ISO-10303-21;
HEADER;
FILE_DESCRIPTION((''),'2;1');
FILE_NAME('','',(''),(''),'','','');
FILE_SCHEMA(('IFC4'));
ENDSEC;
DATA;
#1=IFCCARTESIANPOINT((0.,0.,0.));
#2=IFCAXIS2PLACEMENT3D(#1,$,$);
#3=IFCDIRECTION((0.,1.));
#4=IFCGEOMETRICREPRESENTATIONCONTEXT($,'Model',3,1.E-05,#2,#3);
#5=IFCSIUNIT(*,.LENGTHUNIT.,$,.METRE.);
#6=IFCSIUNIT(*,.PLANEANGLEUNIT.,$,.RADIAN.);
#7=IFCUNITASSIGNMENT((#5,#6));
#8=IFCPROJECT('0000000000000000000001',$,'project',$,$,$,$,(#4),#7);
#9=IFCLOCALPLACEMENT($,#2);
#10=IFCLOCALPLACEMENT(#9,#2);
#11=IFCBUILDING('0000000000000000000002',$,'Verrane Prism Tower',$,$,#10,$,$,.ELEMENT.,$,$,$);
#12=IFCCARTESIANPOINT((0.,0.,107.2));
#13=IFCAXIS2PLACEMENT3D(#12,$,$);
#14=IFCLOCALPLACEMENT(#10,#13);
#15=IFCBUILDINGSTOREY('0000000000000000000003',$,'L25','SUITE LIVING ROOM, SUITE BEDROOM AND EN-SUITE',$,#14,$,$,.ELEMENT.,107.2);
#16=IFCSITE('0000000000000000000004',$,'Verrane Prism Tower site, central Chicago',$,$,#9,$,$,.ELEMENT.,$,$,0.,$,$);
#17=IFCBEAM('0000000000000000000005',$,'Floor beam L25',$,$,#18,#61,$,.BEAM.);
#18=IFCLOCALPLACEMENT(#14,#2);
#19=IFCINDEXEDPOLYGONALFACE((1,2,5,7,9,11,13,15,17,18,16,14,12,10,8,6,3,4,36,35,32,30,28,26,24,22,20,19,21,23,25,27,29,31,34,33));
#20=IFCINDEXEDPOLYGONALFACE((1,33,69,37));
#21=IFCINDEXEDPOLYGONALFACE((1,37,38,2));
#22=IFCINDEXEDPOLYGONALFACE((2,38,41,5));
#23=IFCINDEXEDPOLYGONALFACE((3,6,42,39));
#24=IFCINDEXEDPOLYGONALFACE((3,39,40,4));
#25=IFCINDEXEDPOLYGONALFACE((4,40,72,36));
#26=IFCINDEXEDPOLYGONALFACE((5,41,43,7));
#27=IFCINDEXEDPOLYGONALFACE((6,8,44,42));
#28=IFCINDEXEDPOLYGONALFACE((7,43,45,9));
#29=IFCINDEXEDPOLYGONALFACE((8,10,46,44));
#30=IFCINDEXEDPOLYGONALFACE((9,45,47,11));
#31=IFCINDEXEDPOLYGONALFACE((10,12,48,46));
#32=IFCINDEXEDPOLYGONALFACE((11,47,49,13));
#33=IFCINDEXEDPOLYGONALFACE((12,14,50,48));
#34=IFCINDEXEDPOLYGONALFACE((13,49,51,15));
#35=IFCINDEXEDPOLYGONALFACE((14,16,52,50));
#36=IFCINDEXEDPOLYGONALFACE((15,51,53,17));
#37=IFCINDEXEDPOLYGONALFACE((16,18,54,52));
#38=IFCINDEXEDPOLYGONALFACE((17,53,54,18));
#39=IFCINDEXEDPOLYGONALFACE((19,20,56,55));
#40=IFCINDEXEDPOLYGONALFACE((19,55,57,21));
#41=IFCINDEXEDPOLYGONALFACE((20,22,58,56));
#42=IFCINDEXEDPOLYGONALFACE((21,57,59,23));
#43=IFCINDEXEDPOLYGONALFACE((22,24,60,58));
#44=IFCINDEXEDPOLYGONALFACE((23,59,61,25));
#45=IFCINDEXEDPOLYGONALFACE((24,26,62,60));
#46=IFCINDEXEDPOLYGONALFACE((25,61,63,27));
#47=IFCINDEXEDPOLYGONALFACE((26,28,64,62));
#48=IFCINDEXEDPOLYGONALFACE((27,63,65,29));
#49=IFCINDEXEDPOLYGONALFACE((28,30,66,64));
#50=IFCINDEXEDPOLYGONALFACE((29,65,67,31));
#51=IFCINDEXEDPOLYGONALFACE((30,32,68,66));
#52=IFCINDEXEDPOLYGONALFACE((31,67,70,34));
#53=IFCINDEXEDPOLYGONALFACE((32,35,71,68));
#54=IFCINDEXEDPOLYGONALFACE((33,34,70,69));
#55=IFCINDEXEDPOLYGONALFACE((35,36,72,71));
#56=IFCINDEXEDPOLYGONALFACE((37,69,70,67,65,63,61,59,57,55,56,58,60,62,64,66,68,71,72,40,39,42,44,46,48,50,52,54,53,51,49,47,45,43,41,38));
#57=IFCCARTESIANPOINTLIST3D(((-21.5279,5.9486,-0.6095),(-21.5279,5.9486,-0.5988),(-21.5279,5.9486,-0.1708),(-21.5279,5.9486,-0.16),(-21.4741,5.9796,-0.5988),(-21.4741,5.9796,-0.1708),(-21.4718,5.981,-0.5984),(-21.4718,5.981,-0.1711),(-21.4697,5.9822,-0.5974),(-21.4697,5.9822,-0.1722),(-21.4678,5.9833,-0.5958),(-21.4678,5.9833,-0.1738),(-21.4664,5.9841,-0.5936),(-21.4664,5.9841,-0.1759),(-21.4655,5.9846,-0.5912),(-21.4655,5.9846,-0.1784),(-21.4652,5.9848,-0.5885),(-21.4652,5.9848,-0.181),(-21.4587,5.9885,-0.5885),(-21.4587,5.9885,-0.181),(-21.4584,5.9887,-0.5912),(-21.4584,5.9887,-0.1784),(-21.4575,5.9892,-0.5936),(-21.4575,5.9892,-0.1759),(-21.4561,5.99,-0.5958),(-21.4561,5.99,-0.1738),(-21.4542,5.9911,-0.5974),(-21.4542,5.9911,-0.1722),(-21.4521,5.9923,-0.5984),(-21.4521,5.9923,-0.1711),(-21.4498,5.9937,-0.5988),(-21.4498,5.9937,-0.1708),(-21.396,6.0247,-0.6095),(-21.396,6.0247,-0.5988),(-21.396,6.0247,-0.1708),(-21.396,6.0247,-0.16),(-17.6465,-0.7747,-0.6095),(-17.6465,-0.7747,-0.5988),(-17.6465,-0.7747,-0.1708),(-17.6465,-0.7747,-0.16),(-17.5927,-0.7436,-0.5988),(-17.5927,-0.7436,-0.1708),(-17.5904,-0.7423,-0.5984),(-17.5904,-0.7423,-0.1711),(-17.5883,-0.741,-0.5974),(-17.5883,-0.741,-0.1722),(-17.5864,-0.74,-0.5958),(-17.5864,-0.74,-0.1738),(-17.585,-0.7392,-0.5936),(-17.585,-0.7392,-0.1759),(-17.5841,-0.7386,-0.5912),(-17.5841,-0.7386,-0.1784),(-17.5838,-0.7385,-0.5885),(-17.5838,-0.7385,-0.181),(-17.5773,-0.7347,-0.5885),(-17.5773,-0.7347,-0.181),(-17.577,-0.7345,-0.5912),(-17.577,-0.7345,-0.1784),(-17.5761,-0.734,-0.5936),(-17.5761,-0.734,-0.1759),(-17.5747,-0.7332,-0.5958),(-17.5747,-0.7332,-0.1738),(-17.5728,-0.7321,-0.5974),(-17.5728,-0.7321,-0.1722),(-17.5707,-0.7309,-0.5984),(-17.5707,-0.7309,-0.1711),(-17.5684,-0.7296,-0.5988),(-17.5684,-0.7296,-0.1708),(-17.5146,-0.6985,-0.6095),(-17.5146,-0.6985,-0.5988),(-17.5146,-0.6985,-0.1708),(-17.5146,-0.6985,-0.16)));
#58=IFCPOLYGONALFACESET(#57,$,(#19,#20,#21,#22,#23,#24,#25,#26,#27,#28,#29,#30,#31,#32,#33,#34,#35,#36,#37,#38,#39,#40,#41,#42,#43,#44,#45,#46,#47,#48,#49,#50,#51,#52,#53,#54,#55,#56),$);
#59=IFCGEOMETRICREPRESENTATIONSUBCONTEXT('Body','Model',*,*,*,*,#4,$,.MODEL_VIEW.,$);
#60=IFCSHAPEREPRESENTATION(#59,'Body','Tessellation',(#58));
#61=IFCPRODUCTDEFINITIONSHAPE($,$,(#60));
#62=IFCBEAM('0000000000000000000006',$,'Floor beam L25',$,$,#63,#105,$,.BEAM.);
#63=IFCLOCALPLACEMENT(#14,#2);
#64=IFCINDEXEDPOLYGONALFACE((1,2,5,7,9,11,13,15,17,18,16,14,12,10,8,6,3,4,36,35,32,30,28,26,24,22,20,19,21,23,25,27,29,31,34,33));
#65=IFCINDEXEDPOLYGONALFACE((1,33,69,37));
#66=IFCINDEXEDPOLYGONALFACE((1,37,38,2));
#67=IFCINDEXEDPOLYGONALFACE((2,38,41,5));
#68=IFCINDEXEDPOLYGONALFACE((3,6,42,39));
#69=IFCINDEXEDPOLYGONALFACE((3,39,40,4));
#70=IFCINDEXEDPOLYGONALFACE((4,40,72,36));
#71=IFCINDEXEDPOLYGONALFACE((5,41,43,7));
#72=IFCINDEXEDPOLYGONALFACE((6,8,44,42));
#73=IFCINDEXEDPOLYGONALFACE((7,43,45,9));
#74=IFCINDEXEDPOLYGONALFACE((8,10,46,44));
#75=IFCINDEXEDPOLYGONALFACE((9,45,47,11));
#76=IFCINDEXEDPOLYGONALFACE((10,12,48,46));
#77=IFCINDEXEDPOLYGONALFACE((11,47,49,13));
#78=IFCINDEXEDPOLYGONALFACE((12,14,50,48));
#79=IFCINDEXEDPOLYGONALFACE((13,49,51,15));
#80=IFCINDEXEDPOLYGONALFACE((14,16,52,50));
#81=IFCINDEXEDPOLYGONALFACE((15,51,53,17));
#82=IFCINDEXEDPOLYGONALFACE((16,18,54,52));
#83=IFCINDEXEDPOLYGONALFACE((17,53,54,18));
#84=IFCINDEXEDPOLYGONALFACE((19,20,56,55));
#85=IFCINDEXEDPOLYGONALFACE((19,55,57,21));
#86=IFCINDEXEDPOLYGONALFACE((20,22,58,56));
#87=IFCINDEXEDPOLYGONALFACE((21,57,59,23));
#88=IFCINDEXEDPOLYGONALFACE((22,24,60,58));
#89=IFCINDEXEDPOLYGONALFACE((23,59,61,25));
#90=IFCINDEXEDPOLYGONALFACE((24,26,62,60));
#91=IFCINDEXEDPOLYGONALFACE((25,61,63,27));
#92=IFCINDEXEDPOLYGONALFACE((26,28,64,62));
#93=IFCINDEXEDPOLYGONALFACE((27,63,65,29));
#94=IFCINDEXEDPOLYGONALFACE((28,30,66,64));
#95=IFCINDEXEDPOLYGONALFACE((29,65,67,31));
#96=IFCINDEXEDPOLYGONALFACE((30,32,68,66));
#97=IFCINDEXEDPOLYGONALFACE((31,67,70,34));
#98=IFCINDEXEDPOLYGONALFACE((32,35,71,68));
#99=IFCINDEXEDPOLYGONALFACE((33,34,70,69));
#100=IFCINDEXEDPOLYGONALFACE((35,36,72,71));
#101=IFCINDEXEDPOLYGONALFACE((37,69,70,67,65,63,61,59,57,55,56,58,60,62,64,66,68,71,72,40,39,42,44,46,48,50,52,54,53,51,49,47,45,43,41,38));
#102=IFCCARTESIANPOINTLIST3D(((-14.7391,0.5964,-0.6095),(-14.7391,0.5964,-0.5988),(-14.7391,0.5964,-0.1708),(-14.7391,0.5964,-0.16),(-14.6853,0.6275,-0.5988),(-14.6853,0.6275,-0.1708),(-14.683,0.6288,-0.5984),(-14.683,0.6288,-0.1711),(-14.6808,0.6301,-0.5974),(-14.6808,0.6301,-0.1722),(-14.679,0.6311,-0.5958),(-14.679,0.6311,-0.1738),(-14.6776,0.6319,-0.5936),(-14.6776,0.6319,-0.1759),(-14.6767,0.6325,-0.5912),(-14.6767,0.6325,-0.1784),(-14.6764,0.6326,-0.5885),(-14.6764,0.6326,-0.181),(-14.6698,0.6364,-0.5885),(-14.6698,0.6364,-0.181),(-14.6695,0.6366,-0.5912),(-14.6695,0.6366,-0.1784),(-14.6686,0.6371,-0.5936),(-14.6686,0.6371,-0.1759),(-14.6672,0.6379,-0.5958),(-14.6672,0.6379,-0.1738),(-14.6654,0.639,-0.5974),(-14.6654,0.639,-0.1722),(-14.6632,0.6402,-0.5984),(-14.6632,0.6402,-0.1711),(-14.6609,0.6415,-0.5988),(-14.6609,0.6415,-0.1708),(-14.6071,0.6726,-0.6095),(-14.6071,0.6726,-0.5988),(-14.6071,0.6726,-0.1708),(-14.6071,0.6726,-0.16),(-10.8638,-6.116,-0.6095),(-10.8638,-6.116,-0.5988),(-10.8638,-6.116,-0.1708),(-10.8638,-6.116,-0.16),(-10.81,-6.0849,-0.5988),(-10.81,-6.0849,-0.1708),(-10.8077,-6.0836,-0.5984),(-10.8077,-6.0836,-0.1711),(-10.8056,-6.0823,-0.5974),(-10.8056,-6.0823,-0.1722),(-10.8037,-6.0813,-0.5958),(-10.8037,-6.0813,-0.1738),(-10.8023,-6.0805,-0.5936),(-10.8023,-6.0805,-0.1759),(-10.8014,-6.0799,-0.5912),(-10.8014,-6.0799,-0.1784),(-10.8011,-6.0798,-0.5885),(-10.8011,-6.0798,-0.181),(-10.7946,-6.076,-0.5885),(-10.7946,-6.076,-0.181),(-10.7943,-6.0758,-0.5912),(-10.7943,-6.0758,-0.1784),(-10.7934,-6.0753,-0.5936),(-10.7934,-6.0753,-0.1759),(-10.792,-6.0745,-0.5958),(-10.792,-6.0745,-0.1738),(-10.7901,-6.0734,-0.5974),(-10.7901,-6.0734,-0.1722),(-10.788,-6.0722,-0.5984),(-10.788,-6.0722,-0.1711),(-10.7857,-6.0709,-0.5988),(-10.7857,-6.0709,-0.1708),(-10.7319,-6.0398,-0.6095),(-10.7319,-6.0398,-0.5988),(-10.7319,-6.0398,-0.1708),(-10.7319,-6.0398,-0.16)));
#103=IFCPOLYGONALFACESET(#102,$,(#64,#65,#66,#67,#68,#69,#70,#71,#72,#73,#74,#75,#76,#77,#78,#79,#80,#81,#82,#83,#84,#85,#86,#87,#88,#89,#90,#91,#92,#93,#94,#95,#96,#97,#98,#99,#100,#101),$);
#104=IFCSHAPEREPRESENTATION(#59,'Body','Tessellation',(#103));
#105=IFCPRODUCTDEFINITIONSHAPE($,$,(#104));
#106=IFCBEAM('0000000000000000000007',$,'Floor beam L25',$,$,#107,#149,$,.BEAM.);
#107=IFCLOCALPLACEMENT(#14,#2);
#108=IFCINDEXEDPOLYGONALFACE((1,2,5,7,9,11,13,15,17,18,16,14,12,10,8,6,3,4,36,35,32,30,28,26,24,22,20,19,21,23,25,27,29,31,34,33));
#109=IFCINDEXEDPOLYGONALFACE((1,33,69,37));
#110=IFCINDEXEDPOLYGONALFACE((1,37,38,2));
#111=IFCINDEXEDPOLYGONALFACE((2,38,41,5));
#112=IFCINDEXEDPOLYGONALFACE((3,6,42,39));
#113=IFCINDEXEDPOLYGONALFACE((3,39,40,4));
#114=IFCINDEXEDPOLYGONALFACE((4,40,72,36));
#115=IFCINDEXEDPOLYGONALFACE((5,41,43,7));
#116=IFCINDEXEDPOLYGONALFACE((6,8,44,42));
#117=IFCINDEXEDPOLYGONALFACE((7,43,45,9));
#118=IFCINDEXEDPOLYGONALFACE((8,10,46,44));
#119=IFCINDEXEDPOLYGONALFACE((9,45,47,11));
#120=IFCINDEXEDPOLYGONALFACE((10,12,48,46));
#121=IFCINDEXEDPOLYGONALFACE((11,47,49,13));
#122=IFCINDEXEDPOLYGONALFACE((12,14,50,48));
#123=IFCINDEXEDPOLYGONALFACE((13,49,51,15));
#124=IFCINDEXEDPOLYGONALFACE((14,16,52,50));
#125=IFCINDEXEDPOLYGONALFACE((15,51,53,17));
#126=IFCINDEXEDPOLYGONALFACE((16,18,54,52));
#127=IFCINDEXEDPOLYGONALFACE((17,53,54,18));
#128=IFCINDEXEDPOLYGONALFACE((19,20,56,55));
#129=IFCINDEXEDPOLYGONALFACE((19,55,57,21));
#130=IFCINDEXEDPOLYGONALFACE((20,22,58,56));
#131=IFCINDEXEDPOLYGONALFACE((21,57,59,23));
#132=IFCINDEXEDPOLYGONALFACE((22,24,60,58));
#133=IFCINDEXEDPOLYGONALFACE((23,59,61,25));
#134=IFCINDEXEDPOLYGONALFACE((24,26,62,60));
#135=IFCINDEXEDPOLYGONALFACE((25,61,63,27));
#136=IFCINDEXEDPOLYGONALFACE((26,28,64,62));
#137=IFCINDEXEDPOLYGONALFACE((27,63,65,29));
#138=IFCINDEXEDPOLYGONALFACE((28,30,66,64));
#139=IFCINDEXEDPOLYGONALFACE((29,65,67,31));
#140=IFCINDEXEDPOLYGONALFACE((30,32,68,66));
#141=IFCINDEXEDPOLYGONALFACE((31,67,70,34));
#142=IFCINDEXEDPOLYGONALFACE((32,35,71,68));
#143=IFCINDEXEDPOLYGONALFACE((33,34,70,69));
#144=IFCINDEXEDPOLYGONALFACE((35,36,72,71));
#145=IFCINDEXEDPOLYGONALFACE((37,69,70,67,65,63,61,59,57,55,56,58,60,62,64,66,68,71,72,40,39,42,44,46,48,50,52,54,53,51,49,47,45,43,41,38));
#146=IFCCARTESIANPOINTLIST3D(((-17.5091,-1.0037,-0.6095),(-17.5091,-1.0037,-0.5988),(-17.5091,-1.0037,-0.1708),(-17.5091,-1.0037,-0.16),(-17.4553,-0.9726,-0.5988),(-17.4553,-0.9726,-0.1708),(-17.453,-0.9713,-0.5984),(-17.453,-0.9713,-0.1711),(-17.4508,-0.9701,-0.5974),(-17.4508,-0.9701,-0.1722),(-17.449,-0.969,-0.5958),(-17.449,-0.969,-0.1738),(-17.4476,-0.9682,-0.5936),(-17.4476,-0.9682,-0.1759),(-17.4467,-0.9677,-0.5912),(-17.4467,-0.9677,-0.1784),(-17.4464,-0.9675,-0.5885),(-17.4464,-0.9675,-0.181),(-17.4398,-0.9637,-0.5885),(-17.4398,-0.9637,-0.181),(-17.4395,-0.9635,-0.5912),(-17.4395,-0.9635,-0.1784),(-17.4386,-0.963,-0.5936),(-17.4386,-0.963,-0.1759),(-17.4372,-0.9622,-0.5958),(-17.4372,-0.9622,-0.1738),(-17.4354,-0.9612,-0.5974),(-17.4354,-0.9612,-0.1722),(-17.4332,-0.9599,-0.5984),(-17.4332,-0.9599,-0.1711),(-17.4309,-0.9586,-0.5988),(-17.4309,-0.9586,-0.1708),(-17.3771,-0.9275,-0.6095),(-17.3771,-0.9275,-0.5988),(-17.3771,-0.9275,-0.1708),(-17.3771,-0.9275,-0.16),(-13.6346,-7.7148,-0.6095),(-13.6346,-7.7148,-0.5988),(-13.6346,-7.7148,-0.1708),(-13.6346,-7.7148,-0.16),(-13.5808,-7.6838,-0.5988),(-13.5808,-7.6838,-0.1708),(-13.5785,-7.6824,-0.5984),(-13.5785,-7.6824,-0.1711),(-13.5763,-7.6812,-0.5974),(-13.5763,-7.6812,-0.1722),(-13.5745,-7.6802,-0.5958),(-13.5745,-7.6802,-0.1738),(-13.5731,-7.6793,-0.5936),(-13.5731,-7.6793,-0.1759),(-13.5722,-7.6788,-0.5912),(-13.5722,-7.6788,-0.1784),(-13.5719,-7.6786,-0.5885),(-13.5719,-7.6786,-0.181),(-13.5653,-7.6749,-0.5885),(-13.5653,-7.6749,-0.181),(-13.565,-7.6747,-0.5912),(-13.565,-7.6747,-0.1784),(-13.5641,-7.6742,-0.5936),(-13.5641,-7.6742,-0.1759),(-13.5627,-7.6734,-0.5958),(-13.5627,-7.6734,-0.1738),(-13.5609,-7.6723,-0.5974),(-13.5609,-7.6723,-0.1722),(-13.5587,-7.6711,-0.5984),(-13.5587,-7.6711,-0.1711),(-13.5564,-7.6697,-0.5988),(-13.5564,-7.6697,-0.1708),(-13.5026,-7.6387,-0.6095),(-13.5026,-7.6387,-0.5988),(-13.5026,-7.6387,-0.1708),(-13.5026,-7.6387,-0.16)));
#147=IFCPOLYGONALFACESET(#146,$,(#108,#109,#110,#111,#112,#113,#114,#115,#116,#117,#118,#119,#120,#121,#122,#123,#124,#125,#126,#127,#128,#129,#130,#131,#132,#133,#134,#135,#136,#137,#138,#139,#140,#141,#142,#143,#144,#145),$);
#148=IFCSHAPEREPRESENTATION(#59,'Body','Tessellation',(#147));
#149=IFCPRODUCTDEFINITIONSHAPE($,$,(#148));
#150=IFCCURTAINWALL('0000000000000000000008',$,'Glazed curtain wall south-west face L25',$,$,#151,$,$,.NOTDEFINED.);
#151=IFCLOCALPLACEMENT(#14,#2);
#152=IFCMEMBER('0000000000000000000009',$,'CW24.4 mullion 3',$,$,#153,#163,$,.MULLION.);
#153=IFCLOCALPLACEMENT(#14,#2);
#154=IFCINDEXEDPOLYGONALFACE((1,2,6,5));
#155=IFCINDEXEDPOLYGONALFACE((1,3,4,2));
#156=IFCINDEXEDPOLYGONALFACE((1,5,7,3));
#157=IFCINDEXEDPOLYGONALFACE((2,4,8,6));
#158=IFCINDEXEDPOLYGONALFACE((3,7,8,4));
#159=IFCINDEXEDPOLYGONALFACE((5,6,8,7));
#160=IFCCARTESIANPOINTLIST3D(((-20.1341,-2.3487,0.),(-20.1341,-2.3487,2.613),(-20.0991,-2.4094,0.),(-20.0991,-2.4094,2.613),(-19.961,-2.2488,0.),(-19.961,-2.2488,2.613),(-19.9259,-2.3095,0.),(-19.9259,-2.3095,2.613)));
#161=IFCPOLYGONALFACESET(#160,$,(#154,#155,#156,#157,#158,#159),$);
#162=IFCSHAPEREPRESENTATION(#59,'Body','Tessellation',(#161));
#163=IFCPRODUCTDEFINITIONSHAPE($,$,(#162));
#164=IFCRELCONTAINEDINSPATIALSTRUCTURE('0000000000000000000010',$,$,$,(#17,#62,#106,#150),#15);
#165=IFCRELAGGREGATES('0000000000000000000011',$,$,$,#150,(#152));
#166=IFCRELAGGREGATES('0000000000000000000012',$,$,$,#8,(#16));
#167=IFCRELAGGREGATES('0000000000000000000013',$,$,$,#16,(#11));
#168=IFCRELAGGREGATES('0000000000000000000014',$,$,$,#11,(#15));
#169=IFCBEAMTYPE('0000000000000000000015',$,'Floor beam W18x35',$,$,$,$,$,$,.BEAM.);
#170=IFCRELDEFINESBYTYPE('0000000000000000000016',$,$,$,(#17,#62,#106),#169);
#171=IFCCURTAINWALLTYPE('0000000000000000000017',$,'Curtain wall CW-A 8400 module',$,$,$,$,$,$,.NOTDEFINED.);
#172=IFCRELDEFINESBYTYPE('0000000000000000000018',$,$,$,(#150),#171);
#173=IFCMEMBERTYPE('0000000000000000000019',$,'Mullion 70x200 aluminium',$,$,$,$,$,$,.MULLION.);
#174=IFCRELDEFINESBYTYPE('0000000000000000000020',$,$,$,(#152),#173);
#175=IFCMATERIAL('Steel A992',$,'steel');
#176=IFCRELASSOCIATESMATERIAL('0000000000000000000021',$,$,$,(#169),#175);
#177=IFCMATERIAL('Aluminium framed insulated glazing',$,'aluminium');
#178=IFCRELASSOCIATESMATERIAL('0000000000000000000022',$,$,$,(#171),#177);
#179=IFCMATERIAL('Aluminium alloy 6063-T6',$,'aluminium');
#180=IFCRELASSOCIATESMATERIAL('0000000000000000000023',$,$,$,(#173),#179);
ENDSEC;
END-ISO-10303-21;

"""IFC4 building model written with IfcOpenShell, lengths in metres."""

from ifc_helpers import new_model, si_unit, direction, frame, origin, origin_2d, place, context, subcontext, project, spatial, rectangle, i_section, extrude, material, material_profile, profile_set, type_object, element, aggregate, save


model = new_model("IFC4")

# Units and contexts
model_context = context("Model", 3, precision=1e-05, world=origin(), true_north=direction((0.0, 1.0)))
body_context = subcontext(model_context, "Body", "Model", "MODEL_VIEW")
ifc_project = project(units=[si_unit("LENGTHUNIT", "METRE"), si_unit("PLANEANGLEUNIT", "RADIAN")], contexts=[model_context])

# Site, building, storey
site_placement = place(None, origin())
site = spatial("IfcSite", under=ifc_project, at=site_placement, Name="Verrane Prism Tower site, central Chicago", CompositionType="ELEMENT", RefElevation=0.0)
building_placement = place(site_placement, origin())
building = spatial("IfcBuilding", under=site, at=building_placement, Name="Verrane Prism Tower", CompositionType="ELEMENT")
storey_placement = place(building_placement, frame((0.0, 0.0, 107.2)))
storey = spatial("IfcBuildingStorey", under=building, at=storey_placement, Name="L25", Description="SUITE LIVING ROOM, SUITE BEDROOM AND EN-SUITE", CompositionType="ELEMENT", Elevation=107.2)

# Beams
ifc_material_1 = material(Name="Steel A992", Category="steel")
ifc_material_profile_1 = material_profile(ifc_material_1, i_section(OverallWidth=0.1523, OverallDepth=0.4495, WebThickness=0.0076, FlangeThickness=0.0107, FilletRadius=0.0103, at=origin_2d()), Name="W18x35")
ifc_profile_set_1 = profile_set([ifc_material_profile_1], Name="Steel A992")
beam_type_1 = type_object("IfcBeamType", Name="Floor beam W18x35", PredefinedType="BEAM", material=ifc_profile_set_1)
beam_1_placement = place(storey_placement, frame((-17.5806, -0.7366, -0.3848), z_axis=(-0.499975, 0.86604, 0.0), x_axis=(-0.86604, -0.499975, 0.0)))
element("IfcBeam", 1, at=beam_1_placement, inside=storey, type_object=beam_type_1, Name="Floor beam L25", PredefinedType="BEAM", context=body_context, shape_type="SweptSolid", body=[
    extrude(i_section(OverallWidth=0.1523, OverallDepth=0.4495, WebThickness=0.0076, FlangeThickness=0.0107, FilletRadius=0.0103, at=origin_2d()), origin(), (0.0, 0.0, 1.0), 7.7632),
])
beam_2_placement = place(storey_placement, frame((-10.7979, -6.0779, -0.3848), z_axis=(-0.499984, 0.866035, 0.0), x_axis=(-0.866035, -0.499984, 0.0)))
element("IfcBeam", 2, at=beam_2_placement, inside=storey, type_object=beam_type_1, Name="Floor beam L25", PredefinedType="BEAM", context=body_context, shape_type="SweptSolid", body=[
    extrude(i_section(OverallWidth=0.1523, OverallDepth=0.4495, WebThickness=0.0076, FlangeThickness=0.0107, FilletRadius=0.0103, at=origin_2d()), origin(), (0.0, 0.0, 1.0), 7.7507),
])
beam_3_placement = place(storey_placement, frame((-13.5686, -7.6768, -0.3848), z_axis=(-0.499982, 0.866036, 0.0), x_axis=(-0.866036, -0.499982, 0.0)))
element("IfcBeam", 3, at=beam_3_placement, inside=storey, type_object=beam_type_1, Name="Floor beam L25", PredefinedType="BEAM", context=body_context, shape_type="SweptSolid", body=[
    extrude(i_section(OverallWidth=0.1523, OverallDepth=0.4495, WebThickness=0.0076, FlangeThickness=0.0107, FilletRadius=0.0103, at=origin_2d()), origin(), (0.0, 0.0, 1.0), 7.7493),
])

# Curtain wall, member
ifc_material_2 = material(Name="Aluminium framed insulated glazing", Category="aluminium")
curtain_wall_type = type_object("IfcCurtainWallType", Name="Curtain wall CW-A 8400 module", PredefinedType="NOTDEFINED", material=ifc_material_2)
curtain_wall_placement = place(storey_placement, origin())
curtain_wall = element("IfcCurtainWall", 4, at=curtain_wall_placement, inside=storey, type_object=curtain_wall_type, Name="Glazed curtain wall south-west face L25", PredefinedType="NOTDEFINED")
ifc_material_3 = material(Name="Aluminium alloy 6063-T6", Category="aluminium")
ifc_material_profile_2 = material_profile(ifc_material_3, rectangle(XDim=0.2, YDim=0.0701, at=origin_2d()), Name="Mullion 70x200 aluminium")
ifc_profile_set_2 = profile_set([ifc_material_profile_2], Name="Aluminium alloy 6063-T6")
member_type_1 = type_object("IfcMemberType", Name="Mullion 70x200 aluminium", PredefinedType="MULLION", material=ifc_profile_set_2)
member_1_placement = place(storey_placement, frame((-20.03, -2.3291, 0.0), z_axis=(0.0, 0.0, 1.0), x_axis=(0.866025, 0.5, 0.0)))
member_1 = element("IfcMember", 5, at=member_1_placement, type_object=member_type_1, Name="CW24.4 mullion 3", PredefinedType="MULLION", context=body_context, shape_type="SweptSolid", body=[
    extrude(rectangle(XDim=0.2, YDim=0.0701, at=origin_2d()), origin(), (0.0, 0.0, 1.0), 2.613),
])

aggregate(curtain_wall, [member_1])

save(model, "model.ifc")
